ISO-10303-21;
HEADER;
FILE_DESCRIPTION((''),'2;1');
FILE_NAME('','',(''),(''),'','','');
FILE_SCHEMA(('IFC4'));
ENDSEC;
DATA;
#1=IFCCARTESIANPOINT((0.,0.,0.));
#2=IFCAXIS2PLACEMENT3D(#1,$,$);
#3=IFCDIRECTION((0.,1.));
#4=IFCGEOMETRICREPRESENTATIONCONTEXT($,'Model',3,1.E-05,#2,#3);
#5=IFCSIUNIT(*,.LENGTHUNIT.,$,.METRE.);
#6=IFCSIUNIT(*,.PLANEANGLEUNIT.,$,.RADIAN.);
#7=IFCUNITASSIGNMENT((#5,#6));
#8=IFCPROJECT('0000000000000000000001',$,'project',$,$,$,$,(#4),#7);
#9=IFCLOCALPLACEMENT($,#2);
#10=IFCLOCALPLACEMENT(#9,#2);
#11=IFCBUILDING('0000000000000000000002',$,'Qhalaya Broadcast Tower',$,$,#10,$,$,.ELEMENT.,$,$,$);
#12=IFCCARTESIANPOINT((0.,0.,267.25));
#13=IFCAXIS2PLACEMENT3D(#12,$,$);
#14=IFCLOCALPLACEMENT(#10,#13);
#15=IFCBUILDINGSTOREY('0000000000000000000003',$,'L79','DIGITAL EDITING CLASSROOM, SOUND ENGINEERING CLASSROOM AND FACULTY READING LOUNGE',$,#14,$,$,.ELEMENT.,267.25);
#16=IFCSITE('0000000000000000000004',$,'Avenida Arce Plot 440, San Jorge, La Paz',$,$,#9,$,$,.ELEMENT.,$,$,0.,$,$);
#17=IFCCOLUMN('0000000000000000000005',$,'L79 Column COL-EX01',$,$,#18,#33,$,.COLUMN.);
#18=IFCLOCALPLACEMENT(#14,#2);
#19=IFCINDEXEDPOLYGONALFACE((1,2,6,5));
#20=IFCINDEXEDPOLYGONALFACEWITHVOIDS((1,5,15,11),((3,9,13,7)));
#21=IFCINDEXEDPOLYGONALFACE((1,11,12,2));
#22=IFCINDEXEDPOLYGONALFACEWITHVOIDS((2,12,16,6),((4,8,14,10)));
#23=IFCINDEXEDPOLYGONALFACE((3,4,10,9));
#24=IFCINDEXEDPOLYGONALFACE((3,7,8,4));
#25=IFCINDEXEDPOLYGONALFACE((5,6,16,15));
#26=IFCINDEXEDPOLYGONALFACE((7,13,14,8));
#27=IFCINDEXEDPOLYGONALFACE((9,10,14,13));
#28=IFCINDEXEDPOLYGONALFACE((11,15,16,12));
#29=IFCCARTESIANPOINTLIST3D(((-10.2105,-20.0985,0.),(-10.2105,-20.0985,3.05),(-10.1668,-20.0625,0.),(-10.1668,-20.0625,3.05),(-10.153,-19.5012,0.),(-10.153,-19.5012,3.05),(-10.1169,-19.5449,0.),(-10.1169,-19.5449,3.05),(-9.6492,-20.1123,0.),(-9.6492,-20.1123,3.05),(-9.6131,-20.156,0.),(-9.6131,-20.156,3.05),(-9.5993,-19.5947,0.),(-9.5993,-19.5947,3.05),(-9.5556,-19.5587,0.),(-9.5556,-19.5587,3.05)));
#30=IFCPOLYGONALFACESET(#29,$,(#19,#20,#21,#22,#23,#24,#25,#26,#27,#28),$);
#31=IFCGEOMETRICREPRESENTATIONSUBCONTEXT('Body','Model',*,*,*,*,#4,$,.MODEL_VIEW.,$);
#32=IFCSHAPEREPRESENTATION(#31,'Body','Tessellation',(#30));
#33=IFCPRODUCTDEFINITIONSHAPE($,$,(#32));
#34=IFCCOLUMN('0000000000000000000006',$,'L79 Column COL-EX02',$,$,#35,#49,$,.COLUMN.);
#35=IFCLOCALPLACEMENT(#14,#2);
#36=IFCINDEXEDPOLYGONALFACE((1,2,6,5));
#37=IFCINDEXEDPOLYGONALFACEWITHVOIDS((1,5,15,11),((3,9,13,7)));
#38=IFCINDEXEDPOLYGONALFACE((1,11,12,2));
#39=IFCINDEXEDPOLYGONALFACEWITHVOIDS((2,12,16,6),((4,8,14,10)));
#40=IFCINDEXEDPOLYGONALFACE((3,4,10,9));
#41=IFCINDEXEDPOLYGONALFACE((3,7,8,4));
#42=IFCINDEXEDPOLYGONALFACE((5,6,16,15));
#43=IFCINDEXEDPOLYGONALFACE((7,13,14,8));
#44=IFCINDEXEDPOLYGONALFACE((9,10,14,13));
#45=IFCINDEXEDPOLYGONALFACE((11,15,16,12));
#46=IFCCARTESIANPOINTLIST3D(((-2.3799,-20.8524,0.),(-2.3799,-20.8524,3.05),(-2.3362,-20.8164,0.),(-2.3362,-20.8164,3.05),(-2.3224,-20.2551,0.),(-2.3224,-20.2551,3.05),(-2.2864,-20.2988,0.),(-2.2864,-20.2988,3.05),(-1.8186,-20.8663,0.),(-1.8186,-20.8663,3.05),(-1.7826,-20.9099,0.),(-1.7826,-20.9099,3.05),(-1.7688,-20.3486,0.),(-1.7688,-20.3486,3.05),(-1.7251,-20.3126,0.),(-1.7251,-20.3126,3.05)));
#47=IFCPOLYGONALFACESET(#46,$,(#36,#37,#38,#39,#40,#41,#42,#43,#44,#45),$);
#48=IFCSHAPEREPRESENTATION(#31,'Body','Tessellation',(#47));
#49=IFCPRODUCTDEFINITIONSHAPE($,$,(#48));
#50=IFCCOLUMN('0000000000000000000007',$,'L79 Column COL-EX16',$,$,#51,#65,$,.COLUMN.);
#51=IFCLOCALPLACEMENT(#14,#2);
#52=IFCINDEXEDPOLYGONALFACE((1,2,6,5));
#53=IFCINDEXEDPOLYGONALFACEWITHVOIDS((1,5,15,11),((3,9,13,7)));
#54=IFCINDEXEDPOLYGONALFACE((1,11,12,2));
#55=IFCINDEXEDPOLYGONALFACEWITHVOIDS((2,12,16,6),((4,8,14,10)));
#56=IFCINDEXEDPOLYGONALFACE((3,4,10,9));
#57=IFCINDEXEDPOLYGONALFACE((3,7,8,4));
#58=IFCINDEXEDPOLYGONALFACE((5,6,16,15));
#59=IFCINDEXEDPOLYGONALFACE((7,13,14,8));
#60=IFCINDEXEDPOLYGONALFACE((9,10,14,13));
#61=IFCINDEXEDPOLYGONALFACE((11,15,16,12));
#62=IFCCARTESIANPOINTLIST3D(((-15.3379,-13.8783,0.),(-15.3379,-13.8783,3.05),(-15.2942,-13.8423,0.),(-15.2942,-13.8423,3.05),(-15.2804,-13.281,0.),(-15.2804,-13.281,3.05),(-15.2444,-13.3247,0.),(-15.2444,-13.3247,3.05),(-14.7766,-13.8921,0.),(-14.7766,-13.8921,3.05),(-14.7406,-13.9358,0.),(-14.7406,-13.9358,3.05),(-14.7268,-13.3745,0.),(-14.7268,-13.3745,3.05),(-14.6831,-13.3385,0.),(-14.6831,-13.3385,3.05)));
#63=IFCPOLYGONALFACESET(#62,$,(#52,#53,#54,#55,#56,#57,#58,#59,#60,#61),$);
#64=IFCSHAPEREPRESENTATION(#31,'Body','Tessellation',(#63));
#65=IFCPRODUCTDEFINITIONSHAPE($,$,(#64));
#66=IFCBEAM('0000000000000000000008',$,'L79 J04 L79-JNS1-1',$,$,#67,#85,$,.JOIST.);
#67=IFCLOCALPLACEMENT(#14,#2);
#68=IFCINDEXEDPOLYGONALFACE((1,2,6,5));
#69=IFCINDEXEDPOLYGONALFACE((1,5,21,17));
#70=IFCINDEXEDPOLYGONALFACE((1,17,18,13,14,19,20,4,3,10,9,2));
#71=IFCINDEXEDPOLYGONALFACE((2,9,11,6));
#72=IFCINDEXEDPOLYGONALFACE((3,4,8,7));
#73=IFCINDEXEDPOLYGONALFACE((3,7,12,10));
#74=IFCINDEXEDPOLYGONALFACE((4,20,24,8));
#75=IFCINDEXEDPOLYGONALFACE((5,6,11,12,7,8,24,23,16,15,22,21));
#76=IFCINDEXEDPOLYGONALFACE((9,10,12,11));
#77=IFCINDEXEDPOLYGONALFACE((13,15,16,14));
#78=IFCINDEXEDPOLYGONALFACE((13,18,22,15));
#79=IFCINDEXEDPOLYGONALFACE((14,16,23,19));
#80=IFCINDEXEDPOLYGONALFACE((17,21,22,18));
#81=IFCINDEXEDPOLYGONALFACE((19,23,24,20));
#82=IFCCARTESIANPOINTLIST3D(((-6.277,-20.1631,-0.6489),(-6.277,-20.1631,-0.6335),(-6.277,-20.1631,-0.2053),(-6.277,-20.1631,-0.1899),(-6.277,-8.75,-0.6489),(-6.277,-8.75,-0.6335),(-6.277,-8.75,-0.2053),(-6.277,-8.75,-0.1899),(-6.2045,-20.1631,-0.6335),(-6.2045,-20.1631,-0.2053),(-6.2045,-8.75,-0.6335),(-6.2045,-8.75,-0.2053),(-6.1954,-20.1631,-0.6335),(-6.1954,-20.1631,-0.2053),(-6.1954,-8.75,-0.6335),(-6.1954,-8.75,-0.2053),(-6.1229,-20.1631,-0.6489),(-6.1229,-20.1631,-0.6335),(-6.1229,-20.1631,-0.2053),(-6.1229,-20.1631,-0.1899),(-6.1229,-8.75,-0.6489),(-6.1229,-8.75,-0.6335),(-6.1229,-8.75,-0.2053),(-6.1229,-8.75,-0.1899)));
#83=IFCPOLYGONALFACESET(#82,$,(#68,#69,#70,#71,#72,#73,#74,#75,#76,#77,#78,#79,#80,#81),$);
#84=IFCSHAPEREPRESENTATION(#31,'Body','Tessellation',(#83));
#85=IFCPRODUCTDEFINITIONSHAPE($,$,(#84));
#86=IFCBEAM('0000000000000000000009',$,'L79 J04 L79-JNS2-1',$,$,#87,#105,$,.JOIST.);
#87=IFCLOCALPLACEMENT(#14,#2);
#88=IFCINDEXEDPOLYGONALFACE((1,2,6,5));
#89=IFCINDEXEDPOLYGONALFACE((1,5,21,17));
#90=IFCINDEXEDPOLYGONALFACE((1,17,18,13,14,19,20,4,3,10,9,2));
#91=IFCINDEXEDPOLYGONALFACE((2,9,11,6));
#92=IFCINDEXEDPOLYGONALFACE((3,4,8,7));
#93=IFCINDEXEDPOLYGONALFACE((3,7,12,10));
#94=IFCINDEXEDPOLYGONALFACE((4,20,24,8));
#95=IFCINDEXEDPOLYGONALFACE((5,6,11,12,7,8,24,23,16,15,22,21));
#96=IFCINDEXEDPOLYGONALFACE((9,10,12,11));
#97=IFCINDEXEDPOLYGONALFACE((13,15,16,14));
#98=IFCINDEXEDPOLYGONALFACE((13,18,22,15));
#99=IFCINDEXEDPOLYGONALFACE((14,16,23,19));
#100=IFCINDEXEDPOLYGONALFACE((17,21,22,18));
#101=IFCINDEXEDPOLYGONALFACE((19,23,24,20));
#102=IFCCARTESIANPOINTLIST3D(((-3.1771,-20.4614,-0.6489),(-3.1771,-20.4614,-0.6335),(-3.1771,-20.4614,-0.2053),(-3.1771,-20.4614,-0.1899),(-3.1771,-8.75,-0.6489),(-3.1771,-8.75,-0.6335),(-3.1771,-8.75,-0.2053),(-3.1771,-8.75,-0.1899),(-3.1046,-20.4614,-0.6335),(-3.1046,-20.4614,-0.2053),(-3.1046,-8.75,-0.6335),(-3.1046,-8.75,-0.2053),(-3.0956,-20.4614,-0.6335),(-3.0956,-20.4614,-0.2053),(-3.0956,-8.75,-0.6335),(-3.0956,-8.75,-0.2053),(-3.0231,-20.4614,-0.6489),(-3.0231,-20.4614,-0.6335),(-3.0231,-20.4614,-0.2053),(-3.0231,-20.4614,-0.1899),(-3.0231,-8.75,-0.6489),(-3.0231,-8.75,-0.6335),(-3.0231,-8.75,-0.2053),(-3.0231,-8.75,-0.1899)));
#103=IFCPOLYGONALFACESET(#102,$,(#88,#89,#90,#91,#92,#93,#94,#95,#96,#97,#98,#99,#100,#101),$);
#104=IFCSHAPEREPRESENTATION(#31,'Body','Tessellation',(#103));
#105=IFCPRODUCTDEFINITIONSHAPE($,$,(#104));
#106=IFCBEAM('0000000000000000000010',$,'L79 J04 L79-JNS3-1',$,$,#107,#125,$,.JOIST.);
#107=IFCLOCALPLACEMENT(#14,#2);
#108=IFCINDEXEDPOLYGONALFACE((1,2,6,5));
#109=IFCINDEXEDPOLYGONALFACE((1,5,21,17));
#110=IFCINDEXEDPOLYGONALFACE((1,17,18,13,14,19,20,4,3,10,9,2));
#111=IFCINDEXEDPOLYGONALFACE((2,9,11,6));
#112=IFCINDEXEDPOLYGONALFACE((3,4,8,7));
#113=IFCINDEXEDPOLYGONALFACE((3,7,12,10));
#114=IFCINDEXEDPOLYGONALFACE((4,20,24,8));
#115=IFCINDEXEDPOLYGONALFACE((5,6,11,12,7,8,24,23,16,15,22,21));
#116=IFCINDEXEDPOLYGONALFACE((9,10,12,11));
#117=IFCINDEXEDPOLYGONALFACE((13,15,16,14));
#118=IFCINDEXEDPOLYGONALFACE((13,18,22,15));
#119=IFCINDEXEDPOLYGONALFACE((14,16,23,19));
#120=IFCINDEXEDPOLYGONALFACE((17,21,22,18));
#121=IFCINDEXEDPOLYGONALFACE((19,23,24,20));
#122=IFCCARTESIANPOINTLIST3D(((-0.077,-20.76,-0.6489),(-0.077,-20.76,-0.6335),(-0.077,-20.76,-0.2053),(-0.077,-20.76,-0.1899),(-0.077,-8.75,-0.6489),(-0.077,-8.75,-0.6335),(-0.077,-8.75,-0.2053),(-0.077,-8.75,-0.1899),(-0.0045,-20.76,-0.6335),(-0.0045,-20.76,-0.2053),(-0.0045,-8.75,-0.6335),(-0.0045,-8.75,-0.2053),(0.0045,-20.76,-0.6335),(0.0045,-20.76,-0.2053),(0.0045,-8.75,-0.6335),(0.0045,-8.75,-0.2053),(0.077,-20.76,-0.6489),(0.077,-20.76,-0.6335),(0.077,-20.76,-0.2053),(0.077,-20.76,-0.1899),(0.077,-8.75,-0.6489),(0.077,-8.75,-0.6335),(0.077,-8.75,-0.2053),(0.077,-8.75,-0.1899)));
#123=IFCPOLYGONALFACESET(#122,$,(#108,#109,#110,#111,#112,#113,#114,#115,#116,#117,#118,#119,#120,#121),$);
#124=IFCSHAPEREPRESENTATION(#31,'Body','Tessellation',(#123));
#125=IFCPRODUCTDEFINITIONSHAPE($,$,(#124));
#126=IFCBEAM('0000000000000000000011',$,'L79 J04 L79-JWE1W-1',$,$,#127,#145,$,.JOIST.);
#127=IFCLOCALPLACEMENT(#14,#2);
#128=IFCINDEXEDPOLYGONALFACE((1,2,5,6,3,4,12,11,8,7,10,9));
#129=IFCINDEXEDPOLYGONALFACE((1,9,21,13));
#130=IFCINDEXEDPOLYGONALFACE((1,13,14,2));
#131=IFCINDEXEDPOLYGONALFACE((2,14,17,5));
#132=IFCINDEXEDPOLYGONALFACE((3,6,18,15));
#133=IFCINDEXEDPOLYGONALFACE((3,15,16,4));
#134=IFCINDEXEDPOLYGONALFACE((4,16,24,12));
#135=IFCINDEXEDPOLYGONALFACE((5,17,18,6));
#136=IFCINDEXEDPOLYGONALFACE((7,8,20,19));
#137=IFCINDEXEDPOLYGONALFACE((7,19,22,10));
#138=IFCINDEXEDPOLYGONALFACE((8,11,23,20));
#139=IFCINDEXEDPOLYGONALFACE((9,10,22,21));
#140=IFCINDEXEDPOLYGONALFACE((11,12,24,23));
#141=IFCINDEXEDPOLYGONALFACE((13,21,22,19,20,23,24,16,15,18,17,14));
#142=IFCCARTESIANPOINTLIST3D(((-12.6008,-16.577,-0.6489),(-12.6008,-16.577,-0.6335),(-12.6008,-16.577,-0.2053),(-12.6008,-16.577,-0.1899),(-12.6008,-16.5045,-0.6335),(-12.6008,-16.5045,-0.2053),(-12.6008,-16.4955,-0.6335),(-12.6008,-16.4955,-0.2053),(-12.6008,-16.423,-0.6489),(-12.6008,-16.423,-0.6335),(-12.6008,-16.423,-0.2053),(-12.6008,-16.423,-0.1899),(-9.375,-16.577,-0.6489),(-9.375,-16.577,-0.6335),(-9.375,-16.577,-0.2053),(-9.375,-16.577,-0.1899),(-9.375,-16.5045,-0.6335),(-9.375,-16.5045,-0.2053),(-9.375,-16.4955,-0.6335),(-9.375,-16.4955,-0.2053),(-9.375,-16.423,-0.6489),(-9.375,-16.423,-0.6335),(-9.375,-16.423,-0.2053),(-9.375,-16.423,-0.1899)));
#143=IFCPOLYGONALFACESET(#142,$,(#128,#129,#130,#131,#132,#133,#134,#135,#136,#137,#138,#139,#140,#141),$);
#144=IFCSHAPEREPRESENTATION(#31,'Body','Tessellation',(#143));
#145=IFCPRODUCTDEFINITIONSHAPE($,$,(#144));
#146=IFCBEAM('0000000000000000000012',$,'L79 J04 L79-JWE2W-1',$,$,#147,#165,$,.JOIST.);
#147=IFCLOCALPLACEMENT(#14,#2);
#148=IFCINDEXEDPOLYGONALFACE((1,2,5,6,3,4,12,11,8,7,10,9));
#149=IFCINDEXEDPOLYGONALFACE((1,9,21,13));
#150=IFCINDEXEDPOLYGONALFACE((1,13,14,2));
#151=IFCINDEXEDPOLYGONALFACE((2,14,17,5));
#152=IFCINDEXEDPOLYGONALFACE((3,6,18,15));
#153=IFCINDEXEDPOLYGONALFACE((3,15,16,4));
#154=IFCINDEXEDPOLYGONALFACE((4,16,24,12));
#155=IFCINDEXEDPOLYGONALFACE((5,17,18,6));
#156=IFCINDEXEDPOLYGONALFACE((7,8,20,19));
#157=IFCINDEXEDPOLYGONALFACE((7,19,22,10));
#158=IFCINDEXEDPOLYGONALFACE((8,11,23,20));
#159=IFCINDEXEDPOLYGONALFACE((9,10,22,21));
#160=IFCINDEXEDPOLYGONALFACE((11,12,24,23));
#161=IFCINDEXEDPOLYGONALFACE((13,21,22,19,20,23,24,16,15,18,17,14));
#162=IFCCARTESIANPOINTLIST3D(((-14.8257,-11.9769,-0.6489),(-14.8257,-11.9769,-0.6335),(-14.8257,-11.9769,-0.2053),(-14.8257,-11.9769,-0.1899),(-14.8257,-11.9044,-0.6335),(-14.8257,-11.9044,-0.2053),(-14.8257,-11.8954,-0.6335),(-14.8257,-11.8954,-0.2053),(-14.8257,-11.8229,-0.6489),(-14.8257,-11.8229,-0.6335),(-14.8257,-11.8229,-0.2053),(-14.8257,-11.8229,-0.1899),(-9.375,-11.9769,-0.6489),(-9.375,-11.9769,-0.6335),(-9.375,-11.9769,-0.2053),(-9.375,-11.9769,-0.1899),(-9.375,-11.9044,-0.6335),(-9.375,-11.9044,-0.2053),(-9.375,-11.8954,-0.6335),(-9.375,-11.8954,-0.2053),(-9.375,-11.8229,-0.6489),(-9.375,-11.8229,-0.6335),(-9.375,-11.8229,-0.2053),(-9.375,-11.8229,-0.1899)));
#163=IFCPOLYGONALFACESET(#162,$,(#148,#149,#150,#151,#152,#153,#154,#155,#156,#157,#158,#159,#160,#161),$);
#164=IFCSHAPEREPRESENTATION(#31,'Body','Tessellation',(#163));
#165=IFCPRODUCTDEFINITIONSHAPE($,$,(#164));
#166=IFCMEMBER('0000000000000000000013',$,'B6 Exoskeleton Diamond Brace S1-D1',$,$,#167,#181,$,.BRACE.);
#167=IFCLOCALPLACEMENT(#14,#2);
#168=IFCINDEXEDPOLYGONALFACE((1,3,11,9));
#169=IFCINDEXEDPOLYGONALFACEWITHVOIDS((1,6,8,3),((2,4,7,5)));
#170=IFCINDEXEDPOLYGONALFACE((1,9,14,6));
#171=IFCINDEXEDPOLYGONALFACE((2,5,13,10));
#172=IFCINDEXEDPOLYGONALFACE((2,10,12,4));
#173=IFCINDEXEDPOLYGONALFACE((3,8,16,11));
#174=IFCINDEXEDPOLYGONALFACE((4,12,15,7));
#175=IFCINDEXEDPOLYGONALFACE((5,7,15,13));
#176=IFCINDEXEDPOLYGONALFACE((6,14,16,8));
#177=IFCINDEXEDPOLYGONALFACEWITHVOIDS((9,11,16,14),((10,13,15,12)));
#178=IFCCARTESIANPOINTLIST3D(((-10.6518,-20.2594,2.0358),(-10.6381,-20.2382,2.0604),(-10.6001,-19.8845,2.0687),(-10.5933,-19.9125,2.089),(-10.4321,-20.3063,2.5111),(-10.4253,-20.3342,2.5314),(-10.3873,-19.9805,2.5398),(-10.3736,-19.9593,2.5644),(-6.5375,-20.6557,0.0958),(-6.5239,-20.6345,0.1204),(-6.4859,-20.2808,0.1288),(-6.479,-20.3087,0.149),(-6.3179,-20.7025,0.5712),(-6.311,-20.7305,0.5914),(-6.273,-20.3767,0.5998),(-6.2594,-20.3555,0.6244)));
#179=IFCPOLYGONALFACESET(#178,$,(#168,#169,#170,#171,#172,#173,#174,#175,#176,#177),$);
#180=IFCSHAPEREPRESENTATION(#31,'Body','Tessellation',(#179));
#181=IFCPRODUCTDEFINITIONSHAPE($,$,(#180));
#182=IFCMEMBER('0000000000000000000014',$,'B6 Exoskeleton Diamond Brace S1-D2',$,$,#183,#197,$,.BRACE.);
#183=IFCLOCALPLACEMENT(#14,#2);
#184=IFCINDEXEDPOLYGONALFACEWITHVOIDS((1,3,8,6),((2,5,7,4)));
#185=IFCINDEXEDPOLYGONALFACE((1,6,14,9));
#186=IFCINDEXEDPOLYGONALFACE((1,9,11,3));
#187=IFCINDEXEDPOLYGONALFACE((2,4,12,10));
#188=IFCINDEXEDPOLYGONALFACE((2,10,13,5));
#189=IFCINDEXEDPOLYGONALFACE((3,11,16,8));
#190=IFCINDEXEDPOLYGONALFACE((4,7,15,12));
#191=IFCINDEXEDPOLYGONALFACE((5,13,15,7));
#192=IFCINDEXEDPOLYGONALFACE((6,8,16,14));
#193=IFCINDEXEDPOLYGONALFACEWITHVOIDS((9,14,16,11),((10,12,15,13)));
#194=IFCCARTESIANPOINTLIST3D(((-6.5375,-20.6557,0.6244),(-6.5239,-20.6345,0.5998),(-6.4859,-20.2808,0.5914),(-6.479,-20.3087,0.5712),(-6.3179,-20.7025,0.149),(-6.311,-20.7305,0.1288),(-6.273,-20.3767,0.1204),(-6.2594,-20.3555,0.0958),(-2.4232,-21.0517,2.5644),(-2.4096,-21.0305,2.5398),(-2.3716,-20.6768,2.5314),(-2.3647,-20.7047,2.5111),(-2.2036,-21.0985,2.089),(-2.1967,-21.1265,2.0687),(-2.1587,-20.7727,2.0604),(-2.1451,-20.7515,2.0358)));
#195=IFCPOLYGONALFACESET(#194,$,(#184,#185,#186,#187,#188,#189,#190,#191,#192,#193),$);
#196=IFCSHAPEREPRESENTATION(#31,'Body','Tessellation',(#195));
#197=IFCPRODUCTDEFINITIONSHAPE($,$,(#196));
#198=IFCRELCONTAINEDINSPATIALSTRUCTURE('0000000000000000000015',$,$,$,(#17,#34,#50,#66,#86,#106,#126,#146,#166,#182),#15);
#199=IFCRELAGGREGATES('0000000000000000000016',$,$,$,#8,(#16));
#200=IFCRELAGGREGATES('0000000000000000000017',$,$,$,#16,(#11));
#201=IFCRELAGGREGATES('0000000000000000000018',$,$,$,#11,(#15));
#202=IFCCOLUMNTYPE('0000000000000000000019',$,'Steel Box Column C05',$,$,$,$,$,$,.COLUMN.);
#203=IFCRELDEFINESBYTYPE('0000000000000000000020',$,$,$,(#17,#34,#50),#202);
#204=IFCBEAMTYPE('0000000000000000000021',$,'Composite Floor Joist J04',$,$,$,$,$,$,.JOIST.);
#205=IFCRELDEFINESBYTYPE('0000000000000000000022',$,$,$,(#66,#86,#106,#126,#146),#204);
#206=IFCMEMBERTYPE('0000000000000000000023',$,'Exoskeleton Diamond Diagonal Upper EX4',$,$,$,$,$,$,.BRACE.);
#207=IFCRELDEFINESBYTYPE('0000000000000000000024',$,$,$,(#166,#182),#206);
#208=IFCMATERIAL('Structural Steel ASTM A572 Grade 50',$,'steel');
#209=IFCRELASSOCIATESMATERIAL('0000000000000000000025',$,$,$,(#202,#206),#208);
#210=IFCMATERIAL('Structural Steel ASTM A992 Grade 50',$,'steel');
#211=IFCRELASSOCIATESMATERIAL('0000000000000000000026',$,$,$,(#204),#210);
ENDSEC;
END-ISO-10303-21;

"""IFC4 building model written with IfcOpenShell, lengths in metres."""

from ifc_helpers import new_model, si_unit, direction, frame, origin, origin_2d, place, context, subcontext, project, spatial, hollow_rectangle, i_section, extrude, material, material_profile, profile_set, type_object, element, save


model = new_model("IFC4")

# Units and contexts
model_context = context("Model", 3, precision=1e-05, world=origin(), true_north=direction((0.0, 1.0)))
body_context = subcontext(model_context, "Body", "Model", "MODEL_VIEW")
ifc_project = project(units=[si_unit("LENGTHUNIT", "METRE"), si_unit("PLANEANGLEUNIT", "RADIAN")], contexts=[model_context])

# Site, building, storey
site_placement = place(None, origin())
site = spatial("IfcSite", under=ifc_project, at=site_placement, Name="Avenida Arce Plot 440, San Jorge, La Paz", CompositionType="ELEMENT", RefElevation=0.0)
building_placement = place(site_placement, origin())
building = spatial("IfcBuilding", under=site, at=building_placement, Name="Qhalaya Broadcast Tower", CompositionType="ELEMENT")
storey_placement = place(building_placement, frame((0.0, 0.0, 267.25)))
storey = spatial("IfcBuildingStorey", under=building, at=storey_placement, Name="L79", Description="DIGITAL EDITING CLASSROOM, SOUND ENGINEERING CLASSROOM AND FACULTY READING LOUNGE", CompositionType="ELEMENT", Elevation=267.25)

# Columns
ifc_material_1 = material(Name="Structural Steel ASTM A572 Grade 50", Category="steel")
ifc_material_profile_1 = material_profile(ifc_material_1, hollow_rectangle(XDim=0.6001, YDim=0.6001, WallThickness=0.04, at=origin_2d()), Name="BOX 600x600x40")
ifc_profile_set_1 = profile_set([ifc_material_profile_1], Name="Structural Steel ASTM A572 Grade 50")
column_type = type_object("IfcColumnType", Name="Steel Box Column C05", PredefinedType="COLUMN", material=ifc_profile_set_1)
for number, where, z_axis, x_axis, name in (
    (1, (-9.8831, -19.8286, 0.0), (0.0, 0.0, 1.0), (0.995396, -0.095846, 0.0), "L79 Column COL-EX01"),
    (2, (-2.0525, -20.5825, 0.0), (0.0, 0.0, 1.0), (0.995396, -0.095846, 0.0), "L79 Column COL-EX02"),
    (3, (-15.0105, -13.6084, 0.0), (0.0, 0.0, 1.0), (0.095846, 0.995396, 0.0), "L79 Column COL-EX16"),
):
    element("IfcColumn", number, at=place(storey_placement, frame(where, z_axis=z_axis, x_axis=x_axis)), inside=storey, type_object=column_type, Name=name, PredefinedType="COLUMN", context=body_context, shape_type="SweptSolid", body=[
        extrude(hollow_rectangle(XDim=0.6001, YDim=0.6001, WallThickness=0.04, at=origin_2d()), origin(), (0.0, 0.0, 1.0), 3.05),
    ])

# Beams
ifc_material_2 = material(Name="Structural Steel ASTM A992 Grade 50", Category="steel")
ifc_material_profile_2 = material_profile(ifc_material_2, i_section(OverallWidth=0.1541, OverallDepth=0.459, WebThickness=0.009, FlangeThickness=0.0154, at=origin_2d()), Name="W18X46")
ifc_profile_set_2 = profile_set([ifc_material_profile_2], Name="Structural Steel ASTM A992 Grade 50")
beam_type_1 = type_object("IfcBeamType", Name="Composite Floor Joist J04", PredefinedType="JOIST", material=ifc_profile_set_2)
beam_1_placement = place(storey_placement, frame((-6.2, -20.1631, -0.4194), z_axis=(0.0, 1.0, 0.0), x_axis=(-1.0, 0.0, 0.0)))
element("IfcBeam", 4, at=beam_1_placement, inside=storey, type_object=beam_type_1, Name="L79 J04 L79-JNS1-1", PredefinedType="JOIST", context=body_context, shape_type="SweptSolid", body=[
    extrude(i_section(OverallWidth=0.1541, OverallDepth=0.459, WebThickness=0.009, FlangeThickness=0.0154, at=origin_2d()), origin(), (0.0, 0.0, 1.0), 11.4131),
])
beam_2_placement = place(storey_placement, frame((-3.1001, -20.4614, -0.4194), z_axis=(0.0, 1.0, 0.0), x_axis=(-1.0, 0.0, 0.0)))
element("IfcBeam", 5, at=beam_2_placement, inside=storey, type_object=beam_type_1, Name="L79 J04 L79-JNS2-1", PredefinedType="JOIST", context=body_context, shape_type="SweptSolid", body=[
    extrude(i_section(OverallWidth=0.1541, OverallDepth=0.459, WebThickness=0.009, FlangeThickness=0.0154, at=origin_2d()), origin(), (0.0, 0.0, 1.0), 11.7114),
])
beam_3_placement = place(storey_placement, frame((0.0, -20.76, -0.4194), z_axis=(0.0, 1.0, 0.0), x_axis=(-1.0, 0.0, 0.0)))
element("IfcBeam", 6, at=beam_3_placement, inside=storey, type_object=beam_type_1, Name="L79 J04 L79-JNS3-1", PredefinedType="JOIST", context=body_context, shape_type="SweptSolid", body=[
    extrude(i_section(OverallWidth=0.1541, OverallDepth=0.459, WebThickness=0.009, FlangeThickness=0.0154, at=origin_2d()), origin(), (0.0, 0.0, 1.0), 12.01),
])
beam_4_placement = place(storey_placement, frame((-12.6008, -16.5, -0.4194), z_axis=(1.0, 0.0, 0.0), x_axis=(0.0, 1.0, 0.0)))
element("IfcBeam", 7, at=beam_4_placement, inside=storey, type_object=beam_type_1, Name="L79 J04 L79-JWE1W-1", PredefinedType="JOIST", context=body_context, shape_type="SweptSolid", body=[
    extrude(i_section(OverallWidth=0.1541, OverallDepth=0.459, WebThickness=0.009, FlangeThickness=0.0154, at=origin_2d()), origin(), (0.0, 0.0, 1.0), 3.2258),
])
beam_5_placement = place(storey_placement, frame((-14.8257, -11.8999, -0.4194), z_axis=(1.0, 0.0, 0.0), x_axis=(0.0, 1.0, 0.0)))
element("IfcBeam", 8, at=beam_5_placement, inside=storey, type_object=beam_type_1, Name="L79 J04 L79-JWE2W-1", PredefinedType="JOIST", context=body_context, shape_type="SweptSolid", body=[
    extrude(i_section(OverallWidth=0.1541, OverallDepth=0.459, WebThickness=0.009, FlangeThickness=0.0154, at=origin_2d()), origin(), (0.0, 0.0, 1.0), 5.4507),
])

# Members
ifc_material_profile_3 = material_profile(ifc_material_1, hollow_rectangle(XDim=0.3799, YDim=0.55, WallThickness=0.0249, at=origin_2d()), Name="BOX 380x550x25")
ifc_profile_set_3 = profile_set([ifc_material_profile_3], Name="Structural Steel ASTM A572 Grade 50")
member_type_1 = type_object("IfcMemberType", Name="Exoskeleton Diamond Diagonal Upper EX4", PredefinedType="BRACE", material=ifc_profile_set_3)
for number, where, z_axis, x_axis, name in (
    (9, (-6.3984, -20.5056, 0.3601), (-0.901082, 0.086782, 0.424875), (-0.135959, -0.986908, -0.086765), "B6 Exoskeleton Diamond Brace S1-D1"),
    (10, (-6.3984, -20.5056, 0.3601), (0.901087, -0.086729, 0.424877), (0.135901, 0.986916, -0.086764), "B6 Exoskeleton Diamond Brace S1-D2"),
):
    element("IfcMember", number, at=place(storey_placement, frame(where, z_axis=z_axis, x_axis=x_axis)), inside=storey, type_object=member_type_1, Name=name, PredefinedType="BRACE", context=body_context, shape_type="SweptSolid", body=[
        extrude(hollow_rectangle(XDim=0.3799, YDim=0.55, WallThickness=0.0249, at=origin_2d()), origin(), (0.0, 0.0, 1.0), 4.5659),
    ])

save(model, "model.ifc")
